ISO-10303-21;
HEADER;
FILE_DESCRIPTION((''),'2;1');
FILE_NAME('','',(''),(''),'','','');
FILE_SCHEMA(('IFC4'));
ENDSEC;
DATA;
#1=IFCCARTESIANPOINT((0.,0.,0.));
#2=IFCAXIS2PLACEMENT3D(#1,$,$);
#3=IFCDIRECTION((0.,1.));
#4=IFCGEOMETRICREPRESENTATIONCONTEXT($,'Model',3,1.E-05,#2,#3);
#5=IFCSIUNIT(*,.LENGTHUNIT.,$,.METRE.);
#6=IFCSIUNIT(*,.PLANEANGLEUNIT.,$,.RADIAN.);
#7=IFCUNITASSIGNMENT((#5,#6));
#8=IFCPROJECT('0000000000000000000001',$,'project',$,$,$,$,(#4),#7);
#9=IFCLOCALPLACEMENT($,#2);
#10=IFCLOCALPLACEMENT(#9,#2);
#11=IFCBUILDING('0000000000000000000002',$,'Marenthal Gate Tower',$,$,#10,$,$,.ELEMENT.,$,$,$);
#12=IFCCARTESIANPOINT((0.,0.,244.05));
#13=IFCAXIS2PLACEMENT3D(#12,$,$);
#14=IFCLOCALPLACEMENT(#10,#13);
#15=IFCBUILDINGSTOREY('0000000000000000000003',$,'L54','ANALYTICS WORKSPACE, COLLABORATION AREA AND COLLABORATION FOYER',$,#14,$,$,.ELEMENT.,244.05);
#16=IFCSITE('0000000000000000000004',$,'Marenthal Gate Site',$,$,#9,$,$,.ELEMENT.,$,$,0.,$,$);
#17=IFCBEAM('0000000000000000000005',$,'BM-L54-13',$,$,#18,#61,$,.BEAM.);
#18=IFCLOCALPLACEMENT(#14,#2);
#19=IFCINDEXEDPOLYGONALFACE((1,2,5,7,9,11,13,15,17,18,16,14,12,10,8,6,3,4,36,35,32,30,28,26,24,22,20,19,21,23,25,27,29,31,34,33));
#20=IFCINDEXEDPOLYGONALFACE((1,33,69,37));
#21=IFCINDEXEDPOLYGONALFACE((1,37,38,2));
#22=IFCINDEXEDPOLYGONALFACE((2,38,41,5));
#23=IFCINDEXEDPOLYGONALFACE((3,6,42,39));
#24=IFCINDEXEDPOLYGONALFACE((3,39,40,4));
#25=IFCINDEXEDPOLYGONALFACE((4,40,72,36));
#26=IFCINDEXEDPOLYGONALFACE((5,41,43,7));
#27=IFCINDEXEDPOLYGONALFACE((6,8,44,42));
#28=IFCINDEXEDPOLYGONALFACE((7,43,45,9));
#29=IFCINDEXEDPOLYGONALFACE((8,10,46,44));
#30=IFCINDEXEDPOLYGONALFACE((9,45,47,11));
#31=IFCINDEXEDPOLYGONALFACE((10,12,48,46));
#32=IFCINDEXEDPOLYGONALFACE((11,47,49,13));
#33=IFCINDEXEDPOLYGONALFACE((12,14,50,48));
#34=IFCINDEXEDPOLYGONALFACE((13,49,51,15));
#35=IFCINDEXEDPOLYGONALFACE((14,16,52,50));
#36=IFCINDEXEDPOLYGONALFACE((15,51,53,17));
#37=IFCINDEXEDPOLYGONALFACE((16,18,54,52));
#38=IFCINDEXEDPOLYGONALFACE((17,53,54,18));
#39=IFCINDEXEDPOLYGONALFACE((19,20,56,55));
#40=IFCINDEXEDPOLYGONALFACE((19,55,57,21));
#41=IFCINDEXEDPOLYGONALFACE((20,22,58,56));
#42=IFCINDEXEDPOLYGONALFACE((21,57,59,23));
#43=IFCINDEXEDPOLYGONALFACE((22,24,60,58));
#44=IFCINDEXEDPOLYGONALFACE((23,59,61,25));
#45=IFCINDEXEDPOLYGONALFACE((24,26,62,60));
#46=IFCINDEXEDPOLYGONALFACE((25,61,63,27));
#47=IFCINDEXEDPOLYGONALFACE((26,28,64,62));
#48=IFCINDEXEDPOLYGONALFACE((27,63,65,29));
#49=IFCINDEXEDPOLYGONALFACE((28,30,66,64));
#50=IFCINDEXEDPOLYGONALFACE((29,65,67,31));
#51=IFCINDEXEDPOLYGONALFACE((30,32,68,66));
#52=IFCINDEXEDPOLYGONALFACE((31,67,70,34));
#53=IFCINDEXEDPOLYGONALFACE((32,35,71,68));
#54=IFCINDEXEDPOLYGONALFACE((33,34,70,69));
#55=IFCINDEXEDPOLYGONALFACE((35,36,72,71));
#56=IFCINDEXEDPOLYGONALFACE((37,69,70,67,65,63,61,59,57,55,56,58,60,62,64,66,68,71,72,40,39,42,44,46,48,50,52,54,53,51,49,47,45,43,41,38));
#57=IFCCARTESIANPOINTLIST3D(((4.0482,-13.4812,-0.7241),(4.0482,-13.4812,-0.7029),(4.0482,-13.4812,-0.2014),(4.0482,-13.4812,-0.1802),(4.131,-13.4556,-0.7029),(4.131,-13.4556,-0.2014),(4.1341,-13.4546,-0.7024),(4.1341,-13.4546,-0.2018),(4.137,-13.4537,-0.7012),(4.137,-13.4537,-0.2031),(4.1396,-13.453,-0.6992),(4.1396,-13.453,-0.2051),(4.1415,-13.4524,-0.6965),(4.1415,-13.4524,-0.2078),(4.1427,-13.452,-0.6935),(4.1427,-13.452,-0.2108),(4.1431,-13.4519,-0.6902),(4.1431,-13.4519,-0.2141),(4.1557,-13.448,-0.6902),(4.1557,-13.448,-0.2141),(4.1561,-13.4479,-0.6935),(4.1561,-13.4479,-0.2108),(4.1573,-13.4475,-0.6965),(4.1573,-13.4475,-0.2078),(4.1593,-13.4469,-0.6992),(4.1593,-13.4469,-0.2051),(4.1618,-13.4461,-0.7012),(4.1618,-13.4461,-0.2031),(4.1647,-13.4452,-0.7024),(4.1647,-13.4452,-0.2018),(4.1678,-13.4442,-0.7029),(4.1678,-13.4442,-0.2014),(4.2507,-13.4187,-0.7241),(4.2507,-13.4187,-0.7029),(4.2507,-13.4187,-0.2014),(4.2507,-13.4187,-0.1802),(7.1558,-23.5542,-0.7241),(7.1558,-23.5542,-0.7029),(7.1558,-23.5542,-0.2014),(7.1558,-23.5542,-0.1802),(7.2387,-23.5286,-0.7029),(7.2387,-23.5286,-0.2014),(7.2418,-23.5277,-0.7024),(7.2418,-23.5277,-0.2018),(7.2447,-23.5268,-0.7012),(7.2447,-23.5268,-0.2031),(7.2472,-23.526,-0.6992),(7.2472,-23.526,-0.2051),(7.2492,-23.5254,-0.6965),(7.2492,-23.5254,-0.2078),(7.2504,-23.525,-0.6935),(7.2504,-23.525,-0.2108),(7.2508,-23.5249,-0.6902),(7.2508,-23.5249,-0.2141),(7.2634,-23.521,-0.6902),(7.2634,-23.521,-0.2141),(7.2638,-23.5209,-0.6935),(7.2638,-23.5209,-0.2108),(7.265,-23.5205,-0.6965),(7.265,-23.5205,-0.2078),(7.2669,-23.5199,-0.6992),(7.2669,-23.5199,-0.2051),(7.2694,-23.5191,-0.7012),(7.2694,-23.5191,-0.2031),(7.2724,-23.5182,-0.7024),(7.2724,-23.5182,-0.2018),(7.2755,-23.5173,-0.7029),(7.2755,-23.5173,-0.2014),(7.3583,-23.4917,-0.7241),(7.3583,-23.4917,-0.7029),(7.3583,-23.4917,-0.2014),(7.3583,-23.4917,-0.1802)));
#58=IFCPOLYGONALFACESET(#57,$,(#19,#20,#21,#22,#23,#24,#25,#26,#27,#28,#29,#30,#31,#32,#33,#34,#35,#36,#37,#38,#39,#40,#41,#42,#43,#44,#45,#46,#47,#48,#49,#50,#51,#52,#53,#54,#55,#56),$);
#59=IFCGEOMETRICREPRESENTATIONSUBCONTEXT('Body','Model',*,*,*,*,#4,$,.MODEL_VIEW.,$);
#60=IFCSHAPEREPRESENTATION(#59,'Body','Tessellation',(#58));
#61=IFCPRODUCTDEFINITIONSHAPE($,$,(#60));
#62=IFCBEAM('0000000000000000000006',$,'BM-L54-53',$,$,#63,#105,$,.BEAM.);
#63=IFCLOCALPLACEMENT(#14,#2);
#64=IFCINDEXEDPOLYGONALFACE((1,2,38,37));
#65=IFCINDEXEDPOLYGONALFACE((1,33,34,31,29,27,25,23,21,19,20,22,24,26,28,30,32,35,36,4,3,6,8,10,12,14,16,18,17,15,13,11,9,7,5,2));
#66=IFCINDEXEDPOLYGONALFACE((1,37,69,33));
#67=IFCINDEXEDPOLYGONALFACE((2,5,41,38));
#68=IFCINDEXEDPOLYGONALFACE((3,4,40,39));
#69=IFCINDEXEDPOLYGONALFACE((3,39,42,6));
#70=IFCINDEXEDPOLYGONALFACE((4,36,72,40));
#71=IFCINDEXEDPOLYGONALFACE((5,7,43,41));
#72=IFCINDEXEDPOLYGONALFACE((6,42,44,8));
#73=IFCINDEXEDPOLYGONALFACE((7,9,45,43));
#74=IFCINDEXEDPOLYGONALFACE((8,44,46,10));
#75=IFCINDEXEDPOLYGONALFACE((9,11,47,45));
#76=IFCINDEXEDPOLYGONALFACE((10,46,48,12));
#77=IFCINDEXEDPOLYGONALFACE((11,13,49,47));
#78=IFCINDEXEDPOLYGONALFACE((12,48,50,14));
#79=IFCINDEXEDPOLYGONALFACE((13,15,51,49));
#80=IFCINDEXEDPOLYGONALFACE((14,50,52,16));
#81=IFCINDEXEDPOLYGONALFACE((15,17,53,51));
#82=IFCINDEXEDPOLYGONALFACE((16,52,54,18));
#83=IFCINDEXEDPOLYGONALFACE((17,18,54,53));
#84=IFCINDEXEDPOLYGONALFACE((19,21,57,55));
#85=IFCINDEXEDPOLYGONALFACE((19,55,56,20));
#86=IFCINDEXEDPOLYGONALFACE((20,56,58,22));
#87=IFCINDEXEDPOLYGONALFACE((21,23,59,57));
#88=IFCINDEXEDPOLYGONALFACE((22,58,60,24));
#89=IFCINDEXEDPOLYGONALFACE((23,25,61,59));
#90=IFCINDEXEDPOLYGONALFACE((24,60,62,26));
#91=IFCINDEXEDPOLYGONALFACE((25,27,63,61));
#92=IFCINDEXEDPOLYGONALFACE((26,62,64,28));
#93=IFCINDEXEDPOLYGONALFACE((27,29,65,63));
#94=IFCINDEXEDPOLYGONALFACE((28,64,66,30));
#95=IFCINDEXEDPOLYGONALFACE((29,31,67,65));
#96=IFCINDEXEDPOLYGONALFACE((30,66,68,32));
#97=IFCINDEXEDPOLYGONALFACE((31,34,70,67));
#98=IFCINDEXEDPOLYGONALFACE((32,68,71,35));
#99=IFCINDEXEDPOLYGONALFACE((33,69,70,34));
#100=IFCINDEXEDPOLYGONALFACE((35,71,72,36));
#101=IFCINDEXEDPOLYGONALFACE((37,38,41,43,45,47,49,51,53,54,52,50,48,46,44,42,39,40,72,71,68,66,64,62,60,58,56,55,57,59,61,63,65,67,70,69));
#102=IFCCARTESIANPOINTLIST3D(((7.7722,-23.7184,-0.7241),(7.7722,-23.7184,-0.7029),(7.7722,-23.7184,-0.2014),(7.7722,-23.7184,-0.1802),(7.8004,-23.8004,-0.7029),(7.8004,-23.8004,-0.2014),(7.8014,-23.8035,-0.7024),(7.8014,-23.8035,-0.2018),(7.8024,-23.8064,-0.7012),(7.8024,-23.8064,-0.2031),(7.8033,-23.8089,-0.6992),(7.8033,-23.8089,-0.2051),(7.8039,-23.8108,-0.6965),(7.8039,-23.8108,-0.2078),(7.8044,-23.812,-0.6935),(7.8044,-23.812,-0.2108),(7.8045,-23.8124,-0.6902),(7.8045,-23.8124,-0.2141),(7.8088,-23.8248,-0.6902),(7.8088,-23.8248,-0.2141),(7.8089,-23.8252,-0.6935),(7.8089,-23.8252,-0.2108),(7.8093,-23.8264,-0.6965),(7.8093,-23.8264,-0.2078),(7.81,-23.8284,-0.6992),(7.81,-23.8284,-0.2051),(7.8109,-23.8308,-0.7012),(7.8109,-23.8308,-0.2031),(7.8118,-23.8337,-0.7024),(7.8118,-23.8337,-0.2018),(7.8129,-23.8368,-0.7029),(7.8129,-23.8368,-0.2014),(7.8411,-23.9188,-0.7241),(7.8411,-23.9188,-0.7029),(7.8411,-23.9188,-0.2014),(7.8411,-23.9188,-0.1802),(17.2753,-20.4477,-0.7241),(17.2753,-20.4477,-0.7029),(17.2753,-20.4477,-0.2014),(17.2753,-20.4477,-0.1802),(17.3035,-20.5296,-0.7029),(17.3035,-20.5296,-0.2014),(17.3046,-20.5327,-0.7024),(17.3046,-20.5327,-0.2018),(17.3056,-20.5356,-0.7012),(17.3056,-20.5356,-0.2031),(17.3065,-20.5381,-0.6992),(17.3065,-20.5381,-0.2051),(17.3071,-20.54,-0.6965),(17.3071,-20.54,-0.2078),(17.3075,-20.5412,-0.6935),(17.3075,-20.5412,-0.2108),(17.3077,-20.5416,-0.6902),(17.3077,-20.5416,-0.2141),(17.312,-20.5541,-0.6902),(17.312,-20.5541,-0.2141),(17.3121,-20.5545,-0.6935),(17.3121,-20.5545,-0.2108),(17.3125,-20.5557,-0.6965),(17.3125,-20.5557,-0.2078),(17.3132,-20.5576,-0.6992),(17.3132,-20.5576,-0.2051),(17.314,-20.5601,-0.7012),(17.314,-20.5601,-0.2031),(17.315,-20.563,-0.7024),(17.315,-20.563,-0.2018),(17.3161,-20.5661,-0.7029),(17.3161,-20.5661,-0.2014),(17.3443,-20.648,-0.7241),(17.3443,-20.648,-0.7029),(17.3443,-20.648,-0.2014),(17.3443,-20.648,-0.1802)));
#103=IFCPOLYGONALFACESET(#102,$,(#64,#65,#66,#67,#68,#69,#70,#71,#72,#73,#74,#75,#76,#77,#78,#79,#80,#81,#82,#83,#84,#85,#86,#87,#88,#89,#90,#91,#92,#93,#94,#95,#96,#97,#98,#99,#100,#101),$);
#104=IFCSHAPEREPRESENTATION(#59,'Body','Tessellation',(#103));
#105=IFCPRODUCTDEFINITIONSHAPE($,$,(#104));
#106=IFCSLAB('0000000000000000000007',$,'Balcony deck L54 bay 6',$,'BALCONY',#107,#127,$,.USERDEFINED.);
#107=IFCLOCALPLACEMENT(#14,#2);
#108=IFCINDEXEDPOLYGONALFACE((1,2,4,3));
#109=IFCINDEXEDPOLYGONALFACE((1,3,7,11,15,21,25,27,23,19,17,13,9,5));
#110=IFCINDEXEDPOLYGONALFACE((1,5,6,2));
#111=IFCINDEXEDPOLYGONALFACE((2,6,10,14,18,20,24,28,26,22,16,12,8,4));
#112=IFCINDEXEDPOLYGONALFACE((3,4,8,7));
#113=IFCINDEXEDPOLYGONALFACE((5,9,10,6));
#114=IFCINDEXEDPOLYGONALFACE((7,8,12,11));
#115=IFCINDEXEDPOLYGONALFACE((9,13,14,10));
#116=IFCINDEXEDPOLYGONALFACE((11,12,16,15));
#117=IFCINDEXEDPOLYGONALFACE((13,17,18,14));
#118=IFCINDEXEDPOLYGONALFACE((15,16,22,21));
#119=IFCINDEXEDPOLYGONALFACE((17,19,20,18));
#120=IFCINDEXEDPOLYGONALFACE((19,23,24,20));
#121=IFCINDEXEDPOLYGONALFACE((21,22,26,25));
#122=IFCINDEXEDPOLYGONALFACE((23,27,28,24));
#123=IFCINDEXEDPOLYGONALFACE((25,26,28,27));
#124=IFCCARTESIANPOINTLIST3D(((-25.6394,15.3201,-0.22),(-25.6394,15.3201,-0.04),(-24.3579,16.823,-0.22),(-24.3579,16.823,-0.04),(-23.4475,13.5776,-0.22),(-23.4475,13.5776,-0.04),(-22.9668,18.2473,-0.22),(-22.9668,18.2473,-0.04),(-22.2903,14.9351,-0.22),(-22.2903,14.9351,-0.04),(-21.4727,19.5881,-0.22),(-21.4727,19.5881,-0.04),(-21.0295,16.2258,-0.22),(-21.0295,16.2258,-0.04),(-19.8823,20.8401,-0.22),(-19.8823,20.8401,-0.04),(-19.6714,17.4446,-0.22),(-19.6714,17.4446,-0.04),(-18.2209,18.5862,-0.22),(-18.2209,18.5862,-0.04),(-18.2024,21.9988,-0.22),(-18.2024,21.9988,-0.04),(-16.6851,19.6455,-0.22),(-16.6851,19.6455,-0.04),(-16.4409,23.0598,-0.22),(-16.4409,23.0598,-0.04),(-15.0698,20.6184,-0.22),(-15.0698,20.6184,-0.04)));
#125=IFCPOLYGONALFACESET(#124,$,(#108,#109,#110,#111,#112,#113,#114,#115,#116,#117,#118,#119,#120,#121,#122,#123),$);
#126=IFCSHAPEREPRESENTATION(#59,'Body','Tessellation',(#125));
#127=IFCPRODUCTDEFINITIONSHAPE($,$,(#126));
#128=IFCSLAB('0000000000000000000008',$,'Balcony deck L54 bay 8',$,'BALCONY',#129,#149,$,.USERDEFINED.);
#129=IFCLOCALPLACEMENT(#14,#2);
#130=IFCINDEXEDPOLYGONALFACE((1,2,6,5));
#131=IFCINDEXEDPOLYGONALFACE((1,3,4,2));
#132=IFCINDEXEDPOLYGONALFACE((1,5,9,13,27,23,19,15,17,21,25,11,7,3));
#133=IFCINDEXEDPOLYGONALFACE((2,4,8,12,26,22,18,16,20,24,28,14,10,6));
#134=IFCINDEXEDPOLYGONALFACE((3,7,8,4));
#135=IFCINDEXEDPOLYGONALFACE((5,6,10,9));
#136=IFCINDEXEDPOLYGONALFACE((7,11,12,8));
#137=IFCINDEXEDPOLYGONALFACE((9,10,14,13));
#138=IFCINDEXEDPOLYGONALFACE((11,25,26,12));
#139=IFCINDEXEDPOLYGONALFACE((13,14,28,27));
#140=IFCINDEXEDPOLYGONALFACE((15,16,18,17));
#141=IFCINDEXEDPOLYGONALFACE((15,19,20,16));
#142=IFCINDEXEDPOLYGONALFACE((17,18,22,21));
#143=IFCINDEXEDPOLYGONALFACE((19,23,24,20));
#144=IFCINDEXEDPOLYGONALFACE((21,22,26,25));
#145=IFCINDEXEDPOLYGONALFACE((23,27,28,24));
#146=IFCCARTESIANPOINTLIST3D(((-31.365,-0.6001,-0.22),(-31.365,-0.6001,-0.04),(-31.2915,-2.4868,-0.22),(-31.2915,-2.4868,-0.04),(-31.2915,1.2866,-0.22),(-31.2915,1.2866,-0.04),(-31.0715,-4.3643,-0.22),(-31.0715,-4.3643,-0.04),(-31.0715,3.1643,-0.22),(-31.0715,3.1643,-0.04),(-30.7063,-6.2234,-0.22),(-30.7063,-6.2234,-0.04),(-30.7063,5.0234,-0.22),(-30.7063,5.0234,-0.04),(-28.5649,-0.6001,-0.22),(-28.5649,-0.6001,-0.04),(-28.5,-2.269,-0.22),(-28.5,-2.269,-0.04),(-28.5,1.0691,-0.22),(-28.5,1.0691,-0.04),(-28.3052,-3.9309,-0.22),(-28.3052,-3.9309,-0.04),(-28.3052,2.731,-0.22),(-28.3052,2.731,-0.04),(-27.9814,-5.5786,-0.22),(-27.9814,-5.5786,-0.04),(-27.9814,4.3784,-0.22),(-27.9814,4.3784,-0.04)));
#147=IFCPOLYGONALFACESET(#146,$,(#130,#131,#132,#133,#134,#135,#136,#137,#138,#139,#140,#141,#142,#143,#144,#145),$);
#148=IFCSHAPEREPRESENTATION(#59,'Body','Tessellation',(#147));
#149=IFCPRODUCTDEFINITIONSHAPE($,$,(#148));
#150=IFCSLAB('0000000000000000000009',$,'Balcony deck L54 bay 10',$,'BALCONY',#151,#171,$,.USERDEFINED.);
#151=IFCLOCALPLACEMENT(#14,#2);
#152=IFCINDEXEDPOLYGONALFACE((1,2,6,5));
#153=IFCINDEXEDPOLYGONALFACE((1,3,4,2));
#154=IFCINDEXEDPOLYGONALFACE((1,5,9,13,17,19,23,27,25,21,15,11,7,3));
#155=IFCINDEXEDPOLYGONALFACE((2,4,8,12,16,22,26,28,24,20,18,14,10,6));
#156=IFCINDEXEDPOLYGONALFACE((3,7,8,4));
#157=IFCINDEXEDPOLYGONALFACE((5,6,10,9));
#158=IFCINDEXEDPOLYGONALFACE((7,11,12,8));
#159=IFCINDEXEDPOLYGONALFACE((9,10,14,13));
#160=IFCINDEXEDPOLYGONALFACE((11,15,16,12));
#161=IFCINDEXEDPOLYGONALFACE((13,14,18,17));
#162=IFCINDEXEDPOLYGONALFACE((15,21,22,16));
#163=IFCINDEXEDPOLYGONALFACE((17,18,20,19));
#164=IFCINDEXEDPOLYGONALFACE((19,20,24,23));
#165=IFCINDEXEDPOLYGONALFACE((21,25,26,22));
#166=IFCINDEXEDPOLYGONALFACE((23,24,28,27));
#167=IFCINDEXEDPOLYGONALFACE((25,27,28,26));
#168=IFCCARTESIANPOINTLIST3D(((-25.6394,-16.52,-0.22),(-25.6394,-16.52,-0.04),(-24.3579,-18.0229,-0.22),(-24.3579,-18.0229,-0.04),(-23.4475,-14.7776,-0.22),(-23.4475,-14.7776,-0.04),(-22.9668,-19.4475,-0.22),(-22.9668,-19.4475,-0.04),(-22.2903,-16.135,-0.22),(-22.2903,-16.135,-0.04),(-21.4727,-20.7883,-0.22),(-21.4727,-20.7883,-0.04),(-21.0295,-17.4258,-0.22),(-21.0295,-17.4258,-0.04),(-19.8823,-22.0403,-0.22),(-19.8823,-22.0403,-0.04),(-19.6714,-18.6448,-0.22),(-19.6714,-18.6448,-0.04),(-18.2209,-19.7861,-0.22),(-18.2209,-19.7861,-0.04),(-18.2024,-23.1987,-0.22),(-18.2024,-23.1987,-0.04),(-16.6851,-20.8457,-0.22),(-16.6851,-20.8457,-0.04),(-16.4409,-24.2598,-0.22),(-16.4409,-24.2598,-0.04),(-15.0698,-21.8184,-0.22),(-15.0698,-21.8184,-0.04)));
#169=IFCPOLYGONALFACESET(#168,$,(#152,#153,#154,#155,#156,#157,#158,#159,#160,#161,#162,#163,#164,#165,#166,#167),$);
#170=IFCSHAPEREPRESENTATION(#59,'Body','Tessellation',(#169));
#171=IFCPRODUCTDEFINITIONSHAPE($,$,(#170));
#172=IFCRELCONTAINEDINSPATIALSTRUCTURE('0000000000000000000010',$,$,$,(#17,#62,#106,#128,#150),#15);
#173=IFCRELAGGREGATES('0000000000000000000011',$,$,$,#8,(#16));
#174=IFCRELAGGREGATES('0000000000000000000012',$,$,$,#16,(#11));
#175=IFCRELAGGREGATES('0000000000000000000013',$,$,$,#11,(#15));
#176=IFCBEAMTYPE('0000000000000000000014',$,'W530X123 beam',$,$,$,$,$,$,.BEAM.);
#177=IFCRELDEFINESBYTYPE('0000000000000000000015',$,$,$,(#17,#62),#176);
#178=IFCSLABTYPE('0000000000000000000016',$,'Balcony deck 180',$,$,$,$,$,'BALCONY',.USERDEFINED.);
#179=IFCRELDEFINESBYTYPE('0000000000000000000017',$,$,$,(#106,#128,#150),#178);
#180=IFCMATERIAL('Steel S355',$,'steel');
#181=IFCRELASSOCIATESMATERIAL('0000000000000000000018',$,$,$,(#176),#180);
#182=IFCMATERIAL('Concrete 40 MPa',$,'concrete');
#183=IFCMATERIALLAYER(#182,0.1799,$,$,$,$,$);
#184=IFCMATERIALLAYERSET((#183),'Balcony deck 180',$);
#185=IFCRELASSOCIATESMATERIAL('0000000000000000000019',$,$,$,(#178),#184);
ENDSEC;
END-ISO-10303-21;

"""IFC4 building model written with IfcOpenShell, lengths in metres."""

from ifc_helpers import new_model, si_unit, direction, frame, origin, origin_2d, place, context, subcontext, project, spatial, polyline, i_section, outline, extrude, material, layer, layer_set, material_profile, profile_set, type_object, element, save


model = new_model("IFC4")

# Units and contexts
model_context = context("Model", 3, precision=1e-05, world=origin(), true_north=direction((0.0, 1.0)))
body_context = subcontext(model_context, "Body", "Model", "MODEL_VIEW")
ifc_project = project(units=[si_unit("LENGTHUNIT", "METRE"), si_unit("PLANEANGLEUNIT", "RADIAN")], contexts=[model_context])

# Site, building, storey
site_placement = place(None, origin())
site = spatial("IfcSite", under=ifc_project, at=site_placement, Name="Marenthal Gate Site", CompositionType="ELEMENT", RefElevation=0.0)
building_placement = place(site_placement, origin())
building = spatial("IfcBuilding", under=site, at=building_placement, Name="Marenthal Gate Tower", CompositionType="ELEMENT")
storey_placement = place(building_placement, frame((0.0, 0.0, 244.05)))
storey = spatial("IfcBuildingStorey", under=building, at=storey_placement, Name="L54", Description="ANALYTICS WORKSPACE, COLLABORATION AREA AND COLLABORATION FOYER", CompositionType="ELEMENT", Elevation=244.05)

# Beams
ifc_material_1 = material(Name="Steel S355", Category="steel")
ifc_material_profile_1 = material_profile(ifc_material_1, i_section(OverallWidth=0.2119, OverallDepth=0.5439, WebThickness=0.0132, FlangeThickness=0.0212, FilletRadius=0.0127, at=origin_2d()), Name="W530X123")
ifc_profile_set_1 = profile_set([ifc_material_profile_1], Name="Steel S355")
beam_type_1 = type_object("IfcBeamType", Name="W530X123 beam", PredefinedType="BEAM", material=ifc_profile_set_1)
beam_1_placement = place(storey_placement, frame((7.2571, -23.5229, -0.4521), z_axis=(-0.294803, 0.955558, 0.0), x_axis=(-0.955558, -0.294803, 0.0)))
element("IfcBeam", 1, at=beam_1_placement, inside=storey, type_object=beam_type_1, Name="BM-L54-13", PredefinedType="BEAM", context=body_context, shape_type="SweptSolid", body=[
    extrude(i_section(OverallWidth=0.2119, OverallDepth=0.5439, WebThickness=0.0132, FlangeThickness=0.0212, FilletRadius=0.0127, at=origin_2d()), origin(), (0.0, 0.0, 1.0), 10.5415),
])
beam_2_placement = place(storey_placement, frame((7.8066, -23.8186, -0.4521), z_axis=(0.945563, 0.325439, 0.0), x_axis=(-0.325439, 0.945563, 0.0)))
element("IfcBeam", 2, at=beam_2_placement, inside=storey, type_object=beam_type_1, Name="BM-L54-53", PredefinedType="BEAM", context=body_context, shape_type="SweptSolid", body=[
    extrude(i_section(OverallWidth=0.2119, OverallDepth=0.5439, WebThickness=0.0132, FlangeThickness=0.0212, FilletRadius=0.0127, at=origin_2d()), origin(), (0.0, 0.0, 1.0), 10.0503),
])

# Slabs
ifc_material_2 = material(Name="Concrete 40 MPa", Category="concrete")
ifc_layer_1 = layer(ifc_material_2, 0.1799)
ifc_layer_set_1 = layer_set([ifc_layer_1], Name="Balcony deck 180")
slab_type_1 = type_object("IfcSlabType", Name="Balcony deck 180", ElementType="BALCONY", PredefinedType="USERDEFINED", material=ifc_layer_set_1)
slab_1_placement = place(storey_placement, frame((0.0, 0.0, -0.22)))
element("IfcSlab", 3, at=slab_1_placement, inside=storey, type_object=slab_type_1, Name="Balcony deck L54 bay 6", ObjectType="BALCONY", PredefinedType="USERDEFINED", context=body_context, shape_type="SweptSolid", body=[
    extrude(outline(polyline([(-15.0698, 20.6184), (-16.6851, 19.6455), (-18.2209, 18.5862), (-19.6714, 17.4446), (-21.0295, 16.2258), (-22.2903, 14.9351), (-23.4475, 13.5776), (-25.6394, 15.3201), (-24.3579, 16.823), (-22.9668, 18.2473), (-21.4727, 19.5881), (-19.8823, 20.8401), (-18.2024, 21.9988), (-16.4409, 23.0598), (-15.0698, 20.6184)])), origin(), (0.0, 0.0, 1.0), 0.1799),
])
slab_2_placement = place(storey_placement, frame((0.0, 0.0, -0.22)))
element("IfcSlab", 4, at=slab_2_placement, inside=storey, type_object=slab_type_1, Name="Balcony deck L54 bay 8", ObjectType="BALCONY", PredefinedType="USERDEFINED", context=body_context, shape_type="SweptSolid", body=[
    extrude(outline(polyline([(-27.9814, 4.3784), (-28.3052, 2.731), (-28.5, 1.0691), (-28.5649, -0.6001), (-28.5, -2.269), (-28.3052, -3.9309), (-27.9814, -5.5786), (-30.7063, -6.2234), (-31.0715, -4.3643), (-31.2915, -2.4868), (-31.365, -0.6001), (-31.2915, 1.2866), (-31.0715, 3.1643), (-30.7063, 5.0234), (-27.9814, 4.3784)])), origin(), (0.0, 0.0, 1.0), 0.1799),
])
slab_3_placement = place(storey_placement, frame((0.0, 0.0, -0.22)))
element("IfcSlab", 5, at=slab_3_placement, inside=storey, type_object=slab_type_1, Name="Balcony deck L54 bay 10", ObjectType="BALCONY", PredefinedType="USERDEFINED", context=body_context, shape_type="SweptSolid", body=[
    extrude(outline(polyline([(-23.4475, -14.7776), (-22.2903, -16.135), (-21.0295, -17.4258), (-19.6714, -18.6448), (-18.2209, -19.7861), (-16.6851, -20.8457), (-15.0698, -21.8184), (-16.4409, -24.2598), (-18.2024, -23.1987), (-19.8823, -22.0403), (-21.4727, -20.7883), (-22.9668, -19.4475), (-24.3579, -18.0229), (-25.6394, -16.52), (-23.4475, -14.7776)])), origin(), (0.0, 0.0, 1.0), 0.1799),
])

save(model, "model.ifc")
